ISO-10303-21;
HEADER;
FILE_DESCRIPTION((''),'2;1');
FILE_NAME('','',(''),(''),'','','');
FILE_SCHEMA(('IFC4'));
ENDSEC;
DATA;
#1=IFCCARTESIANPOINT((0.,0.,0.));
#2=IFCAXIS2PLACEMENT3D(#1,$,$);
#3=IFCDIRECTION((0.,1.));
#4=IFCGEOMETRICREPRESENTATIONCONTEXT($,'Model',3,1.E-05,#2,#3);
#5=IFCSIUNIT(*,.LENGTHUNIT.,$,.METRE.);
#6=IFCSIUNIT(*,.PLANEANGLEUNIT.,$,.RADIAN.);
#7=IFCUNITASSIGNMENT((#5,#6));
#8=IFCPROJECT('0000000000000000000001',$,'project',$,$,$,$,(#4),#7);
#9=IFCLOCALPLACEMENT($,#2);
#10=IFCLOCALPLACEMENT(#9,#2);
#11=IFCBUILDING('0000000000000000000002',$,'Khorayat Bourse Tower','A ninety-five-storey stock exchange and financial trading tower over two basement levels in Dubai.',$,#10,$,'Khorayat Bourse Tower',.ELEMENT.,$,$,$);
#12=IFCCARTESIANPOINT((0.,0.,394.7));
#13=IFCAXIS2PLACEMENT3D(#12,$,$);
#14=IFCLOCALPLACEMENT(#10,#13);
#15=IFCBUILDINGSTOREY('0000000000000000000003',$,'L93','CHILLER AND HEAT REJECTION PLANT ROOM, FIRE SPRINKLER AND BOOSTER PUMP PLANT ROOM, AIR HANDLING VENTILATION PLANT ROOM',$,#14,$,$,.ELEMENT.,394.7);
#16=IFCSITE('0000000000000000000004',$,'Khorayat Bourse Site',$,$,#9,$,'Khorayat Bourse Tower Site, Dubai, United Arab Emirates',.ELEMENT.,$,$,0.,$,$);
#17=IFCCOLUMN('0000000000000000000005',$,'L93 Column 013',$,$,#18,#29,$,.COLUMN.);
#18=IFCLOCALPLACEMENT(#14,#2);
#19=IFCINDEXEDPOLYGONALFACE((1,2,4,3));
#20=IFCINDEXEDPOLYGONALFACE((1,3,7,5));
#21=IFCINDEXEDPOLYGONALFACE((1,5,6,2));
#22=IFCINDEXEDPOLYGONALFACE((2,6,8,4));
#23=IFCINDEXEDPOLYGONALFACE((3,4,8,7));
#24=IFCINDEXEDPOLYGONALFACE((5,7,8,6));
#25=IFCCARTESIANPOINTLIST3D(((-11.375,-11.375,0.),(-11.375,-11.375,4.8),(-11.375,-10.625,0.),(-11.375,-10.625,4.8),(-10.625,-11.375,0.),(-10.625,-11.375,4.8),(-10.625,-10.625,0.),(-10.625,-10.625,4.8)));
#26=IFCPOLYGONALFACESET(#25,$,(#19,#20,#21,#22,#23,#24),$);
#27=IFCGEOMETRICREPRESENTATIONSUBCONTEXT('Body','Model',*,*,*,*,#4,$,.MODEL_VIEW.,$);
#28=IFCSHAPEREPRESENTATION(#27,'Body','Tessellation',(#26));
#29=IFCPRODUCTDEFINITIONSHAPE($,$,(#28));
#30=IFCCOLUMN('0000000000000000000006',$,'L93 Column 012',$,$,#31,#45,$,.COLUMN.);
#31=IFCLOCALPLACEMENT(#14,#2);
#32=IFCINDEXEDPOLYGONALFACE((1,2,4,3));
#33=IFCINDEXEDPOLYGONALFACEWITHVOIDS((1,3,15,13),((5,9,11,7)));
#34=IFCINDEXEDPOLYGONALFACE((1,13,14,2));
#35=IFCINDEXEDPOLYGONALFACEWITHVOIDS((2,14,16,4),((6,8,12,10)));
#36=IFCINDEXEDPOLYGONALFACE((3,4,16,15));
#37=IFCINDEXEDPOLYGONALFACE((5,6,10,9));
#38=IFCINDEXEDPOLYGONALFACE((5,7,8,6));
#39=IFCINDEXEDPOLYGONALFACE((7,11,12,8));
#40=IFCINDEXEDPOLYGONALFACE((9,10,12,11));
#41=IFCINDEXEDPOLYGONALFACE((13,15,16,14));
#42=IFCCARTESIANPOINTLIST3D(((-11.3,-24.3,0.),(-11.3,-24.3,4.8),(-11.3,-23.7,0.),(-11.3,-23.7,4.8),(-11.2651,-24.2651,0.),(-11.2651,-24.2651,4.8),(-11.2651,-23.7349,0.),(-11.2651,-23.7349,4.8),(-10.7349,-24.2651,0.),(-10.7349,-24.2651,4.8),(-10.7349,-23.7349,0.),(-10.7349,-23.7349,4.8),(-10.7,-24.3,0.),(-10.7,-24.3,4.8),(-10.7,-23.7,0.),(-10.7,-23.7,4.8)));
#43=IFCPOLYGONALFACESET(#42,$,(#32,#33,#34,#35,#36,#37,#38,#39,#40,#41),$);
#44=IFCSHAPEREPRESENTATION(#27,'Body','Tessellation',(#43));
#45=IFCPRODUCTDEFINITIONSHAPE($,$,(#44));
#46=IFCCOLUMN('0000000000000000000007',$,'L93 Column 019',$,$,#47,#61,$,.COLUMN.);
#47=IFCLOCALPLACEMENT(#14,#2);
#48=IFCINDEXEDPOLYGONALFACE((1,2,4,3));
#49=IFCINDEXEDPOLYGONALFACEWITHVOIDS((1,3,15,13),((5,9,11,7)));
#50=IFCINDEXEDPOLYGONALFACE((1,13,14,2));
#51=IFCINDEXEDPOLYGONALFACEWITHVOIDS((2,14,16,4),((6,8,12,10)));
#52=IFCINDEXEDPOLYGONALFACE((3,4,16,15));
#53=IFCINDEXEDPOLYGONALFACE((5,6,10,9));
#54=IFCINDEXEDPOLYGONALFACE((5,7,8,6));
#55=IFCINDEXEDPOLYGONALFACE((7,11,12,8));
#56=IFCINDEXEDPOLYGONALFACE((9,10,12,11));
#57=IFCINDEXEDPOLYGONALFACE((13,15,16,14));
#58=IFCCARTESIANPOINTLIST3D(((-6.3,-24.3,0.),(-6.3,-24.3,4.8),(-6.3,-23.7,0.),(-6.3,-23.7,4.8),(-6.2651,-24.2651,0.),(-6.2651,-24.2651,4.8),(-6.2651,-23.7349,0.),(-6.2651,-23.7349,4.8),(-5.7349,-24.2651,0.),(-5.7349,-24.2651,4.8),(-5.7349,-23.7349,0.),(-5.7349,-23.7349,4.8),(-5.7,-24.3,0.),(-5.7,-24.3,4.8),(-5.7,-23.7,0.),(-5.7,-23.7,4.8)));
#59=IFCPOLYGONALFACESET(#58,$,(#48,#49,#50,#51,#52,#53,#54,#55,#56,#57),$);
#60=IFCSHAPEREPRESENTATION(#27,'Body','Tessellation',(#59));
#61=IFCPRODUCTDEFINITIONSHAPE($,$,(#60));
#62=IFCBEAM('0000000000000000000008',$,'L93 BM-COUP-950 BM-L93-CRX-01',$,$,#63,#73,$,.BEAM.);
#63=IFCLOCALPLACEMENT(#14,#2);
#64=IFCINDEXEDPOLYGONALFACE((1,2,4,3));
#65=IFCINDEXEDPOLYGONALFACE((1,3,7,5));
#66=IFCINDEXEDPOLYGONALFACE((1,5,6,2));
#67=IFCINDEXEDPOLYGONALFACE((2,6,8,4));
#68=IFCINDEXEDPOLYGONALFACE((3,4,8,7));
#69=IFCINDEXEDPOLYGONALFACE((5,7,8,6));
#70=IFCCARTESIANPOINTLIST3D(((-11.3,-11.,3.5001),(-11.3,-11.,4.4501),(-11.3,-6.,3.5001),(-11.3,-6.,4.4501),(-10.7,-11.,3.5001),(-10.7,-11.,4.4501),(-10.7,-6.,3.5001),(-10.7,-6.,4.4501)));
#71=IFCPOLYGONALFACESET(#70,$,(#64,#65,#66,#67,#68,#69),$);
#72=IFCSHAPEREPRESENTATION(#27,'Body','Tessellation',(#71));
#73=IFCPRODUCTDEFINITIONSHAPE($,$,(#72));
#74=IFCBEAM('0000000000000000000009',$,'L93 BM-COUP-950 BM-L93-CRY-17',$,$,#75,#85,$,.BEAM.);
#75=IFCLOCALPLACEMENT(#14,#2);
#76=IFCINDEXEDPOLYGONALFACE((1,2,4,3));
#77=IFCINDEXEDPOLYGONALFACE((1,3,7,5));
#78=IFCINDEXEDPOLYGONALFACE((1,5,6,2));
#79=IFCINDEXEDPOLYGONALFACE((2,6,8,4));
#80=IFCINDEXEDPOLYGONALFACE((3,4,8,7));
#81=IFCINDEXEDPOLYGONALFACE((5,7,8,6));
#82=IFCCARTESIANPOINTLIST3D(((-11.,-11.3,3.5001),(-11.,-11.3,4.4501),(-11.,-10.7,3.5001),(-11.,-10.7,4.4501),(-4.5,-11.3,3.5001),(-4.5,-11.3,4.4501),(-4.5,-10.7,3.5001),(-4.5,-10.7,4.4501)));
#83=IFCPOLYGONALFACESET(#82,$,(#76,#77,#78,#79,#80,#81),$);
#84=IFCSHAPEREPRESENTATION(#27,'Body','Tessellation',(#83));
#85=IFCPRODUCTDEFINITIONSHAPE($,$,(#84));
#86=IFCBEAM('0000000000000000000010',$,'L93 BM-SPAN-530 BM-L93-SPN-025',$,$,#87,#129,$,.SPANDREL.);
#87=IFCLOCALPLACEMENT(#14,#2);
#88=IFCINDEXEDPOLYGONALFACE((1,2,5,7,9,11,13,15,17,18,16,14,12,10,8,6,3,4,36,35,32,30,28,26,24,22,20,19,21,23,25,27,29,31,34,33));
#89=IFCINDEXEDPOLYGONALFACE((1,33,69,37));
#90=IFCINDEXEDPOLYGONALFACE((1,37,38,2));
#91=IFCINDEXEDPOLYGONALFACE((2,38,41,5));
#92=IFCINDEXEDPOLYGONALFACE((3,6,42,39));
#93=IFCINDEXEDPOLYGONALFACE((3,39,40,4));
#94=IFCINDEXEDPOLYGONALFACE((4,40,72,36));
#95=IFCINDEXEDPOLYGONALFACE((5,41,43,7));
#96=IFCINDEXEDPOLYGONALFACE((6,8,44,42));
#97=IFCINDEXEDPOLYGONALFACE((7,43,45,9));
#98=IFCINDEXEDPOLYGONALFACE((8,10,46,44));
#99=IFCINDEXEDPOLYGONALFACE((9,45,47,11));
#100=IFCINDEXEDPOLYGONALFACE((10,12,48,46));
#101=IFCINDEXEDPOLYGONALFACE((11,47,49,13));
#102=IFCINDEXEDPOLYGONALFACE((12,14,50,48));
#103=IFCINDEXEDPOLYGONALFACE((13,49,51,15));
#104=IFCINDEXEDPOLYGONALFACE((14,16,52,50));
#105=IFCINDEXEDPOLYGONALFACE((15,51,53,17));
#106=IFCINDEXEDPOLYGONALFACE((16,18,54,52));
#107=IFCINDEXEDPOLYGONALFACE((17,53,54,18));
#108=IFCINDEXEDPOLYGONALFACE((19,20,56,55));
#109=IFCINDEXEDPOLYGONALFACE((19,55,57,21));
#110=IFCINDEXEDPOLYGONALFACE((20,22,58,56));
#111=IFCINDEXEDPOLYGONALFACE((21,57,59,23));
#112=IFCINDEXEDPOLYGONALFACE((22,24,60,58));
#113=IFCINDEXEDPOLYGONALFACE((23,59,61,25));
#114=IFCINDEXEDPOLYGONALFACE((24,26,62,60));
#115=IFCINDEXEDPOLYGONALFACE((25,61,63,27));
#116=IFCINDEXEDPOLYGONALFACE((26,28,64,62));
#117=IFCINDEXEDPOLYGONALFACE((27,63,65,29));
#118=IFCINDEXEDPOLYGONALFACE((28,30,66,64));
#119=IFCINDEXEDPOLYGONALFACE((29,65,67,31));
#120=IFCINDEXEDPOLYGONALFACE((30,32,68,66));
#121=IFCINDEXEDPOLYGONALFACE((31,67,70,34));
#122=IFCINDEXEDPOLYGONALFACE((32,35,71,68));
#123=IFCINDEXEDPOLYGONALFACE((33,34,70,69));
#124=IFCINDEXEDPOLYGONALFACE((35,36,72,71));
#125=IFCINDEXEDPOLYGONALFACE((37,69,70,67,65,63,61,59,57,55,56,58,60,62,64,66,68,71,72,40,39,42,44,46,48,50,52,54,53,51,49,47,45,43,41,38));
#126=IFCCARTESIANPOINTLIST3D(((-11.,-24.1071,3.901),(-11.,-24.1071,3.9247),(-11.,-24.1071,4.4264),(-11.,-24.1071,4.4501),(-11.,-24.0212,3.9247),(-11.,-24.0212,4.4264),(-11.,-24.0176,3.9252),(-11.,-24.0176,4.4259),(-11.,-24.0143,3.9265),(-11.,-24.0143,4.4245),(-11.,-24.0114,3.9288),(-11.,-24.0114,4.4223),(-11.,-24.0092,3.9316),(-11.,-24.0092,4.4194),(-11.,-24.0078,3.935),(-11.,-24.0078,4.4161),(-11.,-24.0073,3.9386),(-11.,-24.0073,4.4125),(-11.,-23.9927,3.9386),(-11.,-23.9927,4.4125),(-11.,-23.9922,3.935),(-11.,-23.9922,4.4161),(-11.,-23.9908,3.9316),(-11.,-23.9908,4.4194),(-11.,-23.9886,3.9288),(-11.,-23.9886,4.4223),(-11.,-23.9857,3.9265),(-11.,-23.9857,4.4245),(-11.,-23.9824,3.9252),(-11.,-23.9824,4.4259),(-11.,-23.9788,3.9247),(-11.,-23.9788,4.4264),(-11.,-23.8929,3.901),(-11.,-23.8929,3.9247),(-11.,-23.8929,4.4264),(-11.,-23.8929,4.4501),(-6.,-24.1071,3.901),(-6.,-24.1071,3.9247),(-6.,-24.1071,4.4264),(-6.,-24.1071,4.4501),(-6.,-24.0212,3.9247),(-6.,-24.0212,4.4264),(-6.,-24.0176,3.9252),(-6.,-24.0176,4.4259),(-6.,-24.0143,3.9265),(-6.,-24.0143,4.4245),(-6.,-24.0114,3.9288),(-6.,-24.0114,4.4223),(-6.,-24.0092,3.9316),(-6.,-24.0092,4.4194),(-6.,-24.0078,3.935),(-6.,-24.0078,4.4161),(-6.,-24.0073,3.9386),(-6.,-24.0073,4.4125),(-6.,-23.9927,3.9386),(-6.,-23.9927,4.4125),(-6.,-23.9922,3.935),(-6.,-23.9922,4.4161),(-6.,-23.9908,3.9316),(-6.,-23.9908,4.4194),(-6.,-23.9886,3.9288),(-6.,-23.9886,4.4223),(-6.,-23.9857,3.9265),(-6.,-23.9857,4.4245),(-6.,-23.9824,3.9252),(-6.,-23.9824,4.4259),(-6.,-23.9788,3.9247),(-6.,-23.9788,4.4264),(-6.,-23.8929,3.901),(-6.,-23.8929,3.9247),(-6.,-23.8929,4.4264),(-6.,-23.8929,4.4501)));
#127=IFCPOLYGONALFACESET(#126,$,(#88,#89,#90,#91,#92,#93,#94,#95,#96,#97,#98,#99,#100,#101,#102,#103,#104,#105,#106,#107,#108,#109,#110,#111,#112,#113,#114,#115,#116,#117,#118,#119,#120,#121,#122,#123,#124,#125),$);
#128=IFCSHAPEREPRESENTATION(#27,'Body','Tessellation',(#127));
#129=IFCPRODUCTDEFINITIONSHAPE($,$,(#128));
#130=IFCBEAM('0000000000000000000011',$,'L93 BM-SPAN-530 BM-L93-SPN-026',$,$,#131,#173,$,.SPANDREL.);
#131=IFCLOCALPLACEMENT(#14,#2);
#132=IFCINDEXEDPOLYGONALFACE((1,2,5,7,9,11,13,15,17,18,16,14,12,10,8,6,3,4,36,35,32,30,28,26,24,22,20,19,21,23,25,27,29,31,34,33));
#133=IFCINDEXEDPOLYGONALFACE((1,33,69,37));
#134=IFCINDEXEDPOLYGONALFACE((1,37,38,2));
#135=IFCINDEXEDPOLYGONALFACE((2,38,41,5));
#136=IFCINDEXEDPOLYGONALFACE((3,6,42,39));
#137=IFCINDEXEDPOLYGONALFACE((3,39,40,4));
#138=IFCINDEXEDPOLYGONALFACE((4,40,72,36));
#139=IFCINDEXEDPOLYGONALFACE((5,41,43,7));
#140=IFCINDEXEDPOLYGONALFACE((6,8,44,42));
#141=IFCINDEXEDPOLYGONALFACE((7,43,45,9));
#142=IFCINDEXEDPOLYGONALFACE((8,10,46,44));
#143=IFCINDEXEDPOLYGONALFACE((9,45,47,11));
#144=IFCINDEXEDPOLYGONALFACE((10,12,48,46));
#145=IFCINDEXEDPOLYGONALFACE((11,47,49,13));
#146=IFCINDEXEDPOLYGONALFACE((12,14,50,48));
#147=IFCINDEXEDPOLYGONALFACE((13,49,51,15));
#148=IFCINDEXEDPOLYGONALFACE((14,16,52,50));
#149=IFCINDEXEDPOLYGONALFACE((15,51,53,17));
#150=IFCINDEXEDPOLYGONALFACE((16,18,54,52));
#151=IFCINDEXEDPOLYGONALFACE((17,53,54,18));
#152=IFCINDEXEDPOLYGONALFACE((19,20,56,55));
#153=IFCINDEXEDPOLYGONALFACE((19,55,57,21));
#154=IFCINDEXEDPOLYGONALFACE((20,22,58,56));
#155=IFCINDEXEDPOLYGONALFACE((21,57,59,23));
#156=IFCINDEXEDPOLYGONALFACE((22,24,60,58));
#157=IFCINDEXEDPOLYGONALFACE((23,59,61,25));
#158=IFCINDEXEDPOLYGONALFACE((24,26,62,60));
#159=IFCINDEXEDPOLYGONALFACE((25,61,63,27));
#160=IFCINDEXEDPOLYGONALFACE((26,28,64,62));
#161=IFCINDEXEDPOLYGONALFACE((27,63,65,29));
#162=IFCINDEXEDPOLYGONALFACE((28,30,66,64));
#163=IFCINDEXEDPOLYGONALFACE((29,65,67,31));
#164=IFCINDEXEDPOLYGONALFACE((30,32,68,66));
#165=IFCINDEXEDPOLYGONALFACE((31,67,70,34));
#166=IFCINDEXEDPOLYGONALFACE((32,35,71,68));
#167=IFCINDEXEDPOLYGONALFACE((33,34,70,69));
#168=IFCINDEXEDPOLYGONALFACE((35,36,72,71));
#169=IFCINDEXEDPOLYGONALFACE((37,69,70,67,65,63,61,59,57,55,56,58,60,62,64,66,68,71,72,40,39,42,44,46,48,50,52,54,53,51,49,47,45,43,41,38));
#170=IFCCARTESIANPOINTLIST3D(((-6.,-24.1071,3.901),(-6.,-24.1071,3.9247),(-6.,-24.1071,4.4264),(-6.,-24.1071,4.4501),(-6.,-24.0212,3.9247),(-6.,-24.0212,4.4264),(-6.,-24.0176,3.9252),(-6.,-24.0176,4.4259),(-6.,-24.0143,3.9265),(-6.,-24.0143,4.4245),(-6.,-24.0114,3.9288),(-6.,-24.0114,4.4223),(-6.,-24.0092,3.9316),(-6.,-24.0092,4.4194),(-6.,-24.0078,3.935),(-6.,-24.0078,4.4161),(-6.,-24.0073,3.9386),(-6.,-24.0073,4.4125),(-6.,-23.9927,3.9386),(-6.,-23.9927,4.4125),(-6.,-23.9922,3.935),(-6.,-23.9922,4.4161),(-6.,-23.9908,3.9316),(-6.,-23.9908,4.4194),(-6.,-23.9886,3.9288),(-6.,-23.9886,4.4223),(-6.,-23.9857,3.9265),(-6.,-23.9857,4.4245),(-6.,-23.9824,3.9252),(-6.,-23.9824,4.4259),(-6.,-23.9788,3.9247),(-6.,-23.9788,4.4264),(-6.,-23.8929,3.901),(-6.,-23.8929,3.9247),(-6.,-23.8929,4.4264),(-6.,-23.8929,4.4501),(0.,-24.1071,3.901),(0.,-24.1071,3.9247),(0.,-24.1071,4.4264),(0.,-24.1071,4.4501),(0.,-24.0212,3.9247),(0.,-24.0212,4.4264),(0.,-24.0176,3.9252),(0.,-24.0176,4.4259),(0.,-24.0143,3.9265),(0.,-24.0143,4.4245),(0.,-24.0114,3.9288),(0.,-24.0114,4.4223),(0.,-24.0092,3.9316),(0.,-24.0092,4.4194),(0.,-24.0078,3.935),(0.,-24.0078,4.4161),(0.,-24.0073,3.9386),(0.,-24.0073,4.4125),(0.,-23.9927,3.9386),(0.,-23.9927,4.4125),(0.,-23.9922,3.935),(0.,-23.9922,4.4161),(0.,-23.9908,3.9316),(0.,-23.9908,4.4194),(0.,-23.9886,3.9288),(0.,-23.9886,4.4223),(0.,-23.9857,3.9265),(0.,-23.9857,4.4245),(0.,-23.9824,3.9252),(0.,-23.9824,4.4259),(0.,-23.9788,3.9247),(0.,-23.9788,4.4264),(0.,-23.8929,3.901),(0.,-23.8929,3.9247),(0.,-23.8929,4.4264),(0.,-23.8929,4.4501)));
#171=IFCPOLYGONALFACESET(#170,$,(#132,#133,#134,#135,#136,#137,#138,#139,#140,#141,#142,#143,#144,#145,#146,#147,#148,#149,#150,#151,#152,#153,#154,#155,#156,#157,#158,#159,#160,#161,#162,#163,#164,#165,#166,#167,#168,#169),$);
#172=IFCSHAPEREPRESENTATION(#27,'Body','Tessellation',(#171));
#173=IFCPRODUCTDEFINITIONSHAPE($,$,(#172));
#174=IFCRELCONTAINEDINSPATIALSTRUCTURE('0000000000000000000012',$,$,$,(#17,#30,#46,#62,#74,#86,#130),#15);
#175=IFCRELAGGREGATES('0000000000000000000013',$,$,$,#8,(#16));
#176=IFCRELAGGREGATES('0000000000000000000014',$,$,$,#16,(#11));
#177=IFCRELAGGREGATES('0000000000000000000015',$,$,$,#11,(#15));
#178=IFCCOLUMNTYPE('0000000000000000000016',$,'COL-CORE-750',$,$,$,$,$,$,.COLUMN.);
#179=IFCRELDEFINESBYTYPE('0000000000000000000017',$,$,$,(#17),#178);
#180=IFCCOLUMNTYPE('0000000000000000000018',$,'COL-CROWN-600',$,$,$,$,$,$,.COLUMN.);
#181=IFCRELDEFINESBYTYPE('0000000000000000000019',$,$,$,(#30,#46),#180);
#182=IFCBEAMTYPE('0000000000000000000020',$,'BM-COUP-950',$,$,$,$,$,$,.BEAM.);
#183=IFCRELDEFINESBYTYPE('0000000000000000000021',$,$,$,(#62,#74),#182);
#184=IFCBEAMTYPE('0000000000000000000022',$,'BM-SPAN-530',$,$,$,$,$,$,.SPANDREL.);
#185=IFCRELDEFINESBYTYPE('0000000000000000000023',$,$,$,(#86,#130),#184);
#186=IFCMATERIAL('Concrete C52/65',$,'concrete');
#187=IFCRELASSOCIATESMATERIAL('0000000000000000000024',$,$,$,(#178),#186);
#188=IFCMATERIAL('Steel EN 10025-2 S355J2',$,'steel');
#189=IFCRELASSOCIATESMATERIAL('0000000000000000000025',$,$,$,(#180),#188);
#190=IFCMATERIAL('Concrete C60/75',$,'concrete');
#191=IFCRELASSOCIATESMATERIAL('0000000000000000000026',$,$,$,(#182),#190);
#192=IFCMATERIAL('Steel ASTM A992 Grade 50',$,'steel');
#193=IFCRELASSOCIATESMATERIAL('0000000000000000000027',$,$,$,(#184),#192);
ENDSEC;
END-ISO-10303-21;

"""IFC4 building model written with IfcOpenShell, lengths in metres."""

from ifc_helpers import new_model, si_unit, direction, frame, origin, origin_2d, place, context, subcontext, project, spatial, rectangle, hollow_rectangle, i_section, extrude, source, transform, mapped, material, material_profile, profile_set, type_object, element, save


model = new_model("IFC4")

# Units and contexts
model_context = context("Model", 3, precision=1e-05, world=origin(), true_north=direction((0.0, 1.0)))
body_context = subcontext(model_context, "Body", "Model", "MODEL_VIEW")
ifc_project = project(units=[si_unit("LENGTHUNIT", "METRE"), si_unit("PLANEANGLEUNIT", "RADIAN")], contexts=[model_context])

# Site, building, storey
site_placement = place(None, origin())
site = spatial("IfcSite", under=ifc_project, at=site_placement, Name="Khorayat Bourse Site", LongName="Khorayat Bourse Tower Site, Dubai, United Arab Emirates", CompositionType="ELEMENT", RefElevation=0.0)
building_placement = place(site_placement, origin())
building = spatial("IfcBuilding", under=site, at=building_placement, Name="Khorayat Bourse Tower", Description="A ninety-five-storey stock exchange and financial trading tower over two basement levels in Dubai.", LongName="Khorayat Bourse Tower", CompositionType="ELEMENT")
storey_placement = place(building_placement, frame((0.0, 0.0, 394.7)))
storey = spatial("IfcBuildingStorey", under=building, at=storey_placement, Name="L93", Description="CHILLER AND HEAT REJECTION PLANT ROOM, FIRE SPRINKLER AND BOOSTER PUMP PLANT ROOM, AIR HANDLING VENTILATION PLANT ROOM", CompositionType="ELEMENT", Elevation=394.7)

# Columns
ifc_material_1 = material(Name="Concrete C52/65", Category="concrete")
ifc_material_profile_1 = material_profile(ifc_material_1, rectangle(XDim=0.75, YDim=0.75, at=origin_2d()), Name="RC 750x750")
ifc_profile_set_1 = profile_set([ifc_material_profile_1], Name="Concrete C52/65")
column_type_1 = type_object("IfcColumnType", Name="COL-CORE-750", PredefinedType="COLUMN", material=ifc_profile_set_1)
shared_shape_1 = source(origin(), body_context, "Body", "SweptSolid", [
    extrude(rectangle(XDim=0.75, YDim=0.75, at=origin_2d()), origin(), (0.0, 0.0, 1.0), 4.8),
])
column_placement = place(storey_placement, frame((-11.0, -11.0, 0.0), z_axis=(0.0, 0.0, 1.0), x_axis=(1.0, 0.0, 0.0)))
element("IfcColumn", 1, at=column_placement, inside=storey, type_object=column_type_1, Name="L93 Column 013", PredefinedType="COLUMN", context=body_context, shape_type="MappedRepresentation", body=[
    mapped(shared_shape_1, transform((0.0, 0.0, 0.0), scale=1.0)),
])
ifc_material_2 = material(Name="Steel EN 10025-2 S355J2", Category="steel")
ifc_material_profile_2 = material_profile(ifc_material_2, hollow_rectangle(XDim=0.6001, YDim=0.6001, WallThickness=0.0349, at=origin_2d()), Name="BOX 600x600x35")
ifc_profile_set_2 = profile_set([ifc_material_profile_2], Name="Steel EN 10025-2 S355J2")
column_type_2 = type_object("IfcColumnType", Name="COL-CROWN-600", PredefinedType="COLUMN", material=ifc_profile_set_2)
shared_shape_2 = source(origin(), body_context, "Body", "SweptSolid", [
    extrude(hollow_rectangle(XDim=0.6001, YDim=0.6001, WallThickness=0.0349, at=origin_2d()), origin(), (0.0, 0.0, 1.0), 4.8),
])
for number, where, z_axis, x_axis, name in (
    (2, (-11.0, -24.0, 0.0), (0.0, 0.0, 1.0), (1.0, 0.0, 0.0), "L93 Column 012"),
    (3, (-6.0, -24.0, 0.0), (0.0, 0.0, 1.0), (1.0, 0.0, 0.0), "L93 Column 019"),
):
    element("IfcColumn", number, at=place(storey_placement, frame(where, z_axis=z_axis, x_axis=x_axis)), inside=storey, type_object=column_type_2, Name=name, PredefinedType="COLUMN", context=body_context, shape_type="MappedRepresentation", body=[
        mapped(shared_shape_2, transform((0.0, 0.0, 0.0), scale=1.0)),
    ])

# Beams
ifc_material_3 = material(Name="Concrete C60/75", Category="concrete")
ifc_material_profile_3 = material_profile(ifc_material_3, rectangle(XDim=0.6001, YDim=0.95, at=origin_2d()), Name="RC 600x950")
ifc_profile_set_3 = profile_set([ifc_material_profile_3], Name="Concrete C60/75")
beam_type_1 = type_object("IfcBeamType", Name="BM-COUP-950", PredefinedType="BEAM", material=ifc_profile_set_3)
shared_shape_3 = source(origin(), body_context, "Body", "SweptSolid", [
    extrude(rectangle(XDim=0.6001, YDim=0.95, at=origin_2d()), origin(), (0.0, 0.0, 1.0), 5.0),
])
beam_1_placement = place(storey_placement, frame((-11.0, -11.0, 3.9751), z_axis=(0.0, 1.0, 0.0), x_axis=(-1.0, 0.0, 0.0)))
element("IfcBeam", 4, at=beam_1_placement, inside=storey, type_object=beam_type_1, Name="L93 BM-COUP-950 BM-L93-CRX-01", PredefinedType="BEAM", context=body_context, shape_type="MappedRepresentation", body=[
    mapped(shared_shape_3, transform((0.0, 0.0, 0.0), scale=1.0)),
])
shared_shape_4 = source(origin(), body_context, "Body", "SweptSolid", [
    extrude(rectangle(XDim=0.6001, YDim=0.95, at=origin_2d()), origin(), (0.0, 0.0, 1.0), 6.5),
])
beam_2_placement = place(storey_placement, frame((-11.0, -11.0, 3.9751), z_axis=(1.0, 0.0, 0.0), x_axis=(0.0, 1.0, 0.0)))
element("IfcBeam", 5, at=beam_2_placement, inside=storey, type_object=beam_type_1, Name="L93 BM-COUP-950 BM-L93-CRY-17", PredefinedType="BEAM", context=body_context, shape_type="MappedRepresentation", body=[
    mapped(shared_shape_4, transform((0.0, 0.0, 0.0), scale=1.0)),
])
ifc_material_4 = material(Name="Steel ASTM A992 Grade 50", Category="steel")
ifc_material_profile_4 = material_profile(ifc_material_4, i_section(OverallWidth=0.2141, OverallDepth=0.5491, WebThickness=0.0146, FlangeThickness=0.0237, FilletRadius=0.0139, at=origin_2d()), Name="W530X138")
ifc_profile_set_4 = profile_set([ifc_material_profile_4], Name="Steel ASTM A992 Grade 50")
beam_type_2 = type_object("IfcBeamType", Name="BM-SPAN-530", PredefinedType="SPANDREL", material=ifc_profile_set_4)
shared_shape_5 = source(origin(), body_context, "Body", "SweptSolid", [
    extrude(i_section(OverallWidth=0.2141, OverallDepth=0.5491, WebThickness=0.0146, FlangeThickness=0.0237, FilletRadius=0.0139, at=origin_2d()), origin(), (0.0, 0.0, 1.0), 5.0),
])
beam_3_placement = place(storey_placement, frame((-11.0, -24.0, 4.1755), z_axis=(1.0, 0.0, 0.0), x_axis=(0.0, 1.0, 0.0)))
element("IfcBeam", 6, at=beam_3_placement, inside=storey, type_object=beam_type_2, Name="L93 BM-SPAN-530 BM-L93-SPN-025", PredefinedType="SPANDREL", context=body_context, shape_type="MappedRepresentation", body=[
    mapped(shared_shape_5, transform((0.0, 0.0, 0.0), scale=1.0)),
])
shared_shape_6 = source(origin(), body_context, "Body", "SweptSolid", [
    extrude(i_section(OverallWidth=0.2141, OverallDepth=0.5491, WebThickness=0.0146, FlangeThickness=0.0237, FilletRadius=0.0139, at=origin_2d()), origin(), (0.0, 0.0, 1.0), 6.0),
])
beam_4_placement = place(storey_placement, frame((-6.0, -24.0, 4.1755), z_axis=(1.0, 0.0, 0.0), x_axis=(0.0, 1.0, 0.0)))
element("IfcBeam", 7, at=beam_4_placement, inside=storey, type_object=beam_type_2, Name="L93 BM-SPAN-530 BM-L93-SPN-026", PredefinedType="SPANDREL", context=body_context, shape_type="MappedRepresentation", body=[
    mapped(shared_shape_6, transform((0.0, 0.0, 0.0), scale=1.0)),
])

save(model, "model.ifc")
